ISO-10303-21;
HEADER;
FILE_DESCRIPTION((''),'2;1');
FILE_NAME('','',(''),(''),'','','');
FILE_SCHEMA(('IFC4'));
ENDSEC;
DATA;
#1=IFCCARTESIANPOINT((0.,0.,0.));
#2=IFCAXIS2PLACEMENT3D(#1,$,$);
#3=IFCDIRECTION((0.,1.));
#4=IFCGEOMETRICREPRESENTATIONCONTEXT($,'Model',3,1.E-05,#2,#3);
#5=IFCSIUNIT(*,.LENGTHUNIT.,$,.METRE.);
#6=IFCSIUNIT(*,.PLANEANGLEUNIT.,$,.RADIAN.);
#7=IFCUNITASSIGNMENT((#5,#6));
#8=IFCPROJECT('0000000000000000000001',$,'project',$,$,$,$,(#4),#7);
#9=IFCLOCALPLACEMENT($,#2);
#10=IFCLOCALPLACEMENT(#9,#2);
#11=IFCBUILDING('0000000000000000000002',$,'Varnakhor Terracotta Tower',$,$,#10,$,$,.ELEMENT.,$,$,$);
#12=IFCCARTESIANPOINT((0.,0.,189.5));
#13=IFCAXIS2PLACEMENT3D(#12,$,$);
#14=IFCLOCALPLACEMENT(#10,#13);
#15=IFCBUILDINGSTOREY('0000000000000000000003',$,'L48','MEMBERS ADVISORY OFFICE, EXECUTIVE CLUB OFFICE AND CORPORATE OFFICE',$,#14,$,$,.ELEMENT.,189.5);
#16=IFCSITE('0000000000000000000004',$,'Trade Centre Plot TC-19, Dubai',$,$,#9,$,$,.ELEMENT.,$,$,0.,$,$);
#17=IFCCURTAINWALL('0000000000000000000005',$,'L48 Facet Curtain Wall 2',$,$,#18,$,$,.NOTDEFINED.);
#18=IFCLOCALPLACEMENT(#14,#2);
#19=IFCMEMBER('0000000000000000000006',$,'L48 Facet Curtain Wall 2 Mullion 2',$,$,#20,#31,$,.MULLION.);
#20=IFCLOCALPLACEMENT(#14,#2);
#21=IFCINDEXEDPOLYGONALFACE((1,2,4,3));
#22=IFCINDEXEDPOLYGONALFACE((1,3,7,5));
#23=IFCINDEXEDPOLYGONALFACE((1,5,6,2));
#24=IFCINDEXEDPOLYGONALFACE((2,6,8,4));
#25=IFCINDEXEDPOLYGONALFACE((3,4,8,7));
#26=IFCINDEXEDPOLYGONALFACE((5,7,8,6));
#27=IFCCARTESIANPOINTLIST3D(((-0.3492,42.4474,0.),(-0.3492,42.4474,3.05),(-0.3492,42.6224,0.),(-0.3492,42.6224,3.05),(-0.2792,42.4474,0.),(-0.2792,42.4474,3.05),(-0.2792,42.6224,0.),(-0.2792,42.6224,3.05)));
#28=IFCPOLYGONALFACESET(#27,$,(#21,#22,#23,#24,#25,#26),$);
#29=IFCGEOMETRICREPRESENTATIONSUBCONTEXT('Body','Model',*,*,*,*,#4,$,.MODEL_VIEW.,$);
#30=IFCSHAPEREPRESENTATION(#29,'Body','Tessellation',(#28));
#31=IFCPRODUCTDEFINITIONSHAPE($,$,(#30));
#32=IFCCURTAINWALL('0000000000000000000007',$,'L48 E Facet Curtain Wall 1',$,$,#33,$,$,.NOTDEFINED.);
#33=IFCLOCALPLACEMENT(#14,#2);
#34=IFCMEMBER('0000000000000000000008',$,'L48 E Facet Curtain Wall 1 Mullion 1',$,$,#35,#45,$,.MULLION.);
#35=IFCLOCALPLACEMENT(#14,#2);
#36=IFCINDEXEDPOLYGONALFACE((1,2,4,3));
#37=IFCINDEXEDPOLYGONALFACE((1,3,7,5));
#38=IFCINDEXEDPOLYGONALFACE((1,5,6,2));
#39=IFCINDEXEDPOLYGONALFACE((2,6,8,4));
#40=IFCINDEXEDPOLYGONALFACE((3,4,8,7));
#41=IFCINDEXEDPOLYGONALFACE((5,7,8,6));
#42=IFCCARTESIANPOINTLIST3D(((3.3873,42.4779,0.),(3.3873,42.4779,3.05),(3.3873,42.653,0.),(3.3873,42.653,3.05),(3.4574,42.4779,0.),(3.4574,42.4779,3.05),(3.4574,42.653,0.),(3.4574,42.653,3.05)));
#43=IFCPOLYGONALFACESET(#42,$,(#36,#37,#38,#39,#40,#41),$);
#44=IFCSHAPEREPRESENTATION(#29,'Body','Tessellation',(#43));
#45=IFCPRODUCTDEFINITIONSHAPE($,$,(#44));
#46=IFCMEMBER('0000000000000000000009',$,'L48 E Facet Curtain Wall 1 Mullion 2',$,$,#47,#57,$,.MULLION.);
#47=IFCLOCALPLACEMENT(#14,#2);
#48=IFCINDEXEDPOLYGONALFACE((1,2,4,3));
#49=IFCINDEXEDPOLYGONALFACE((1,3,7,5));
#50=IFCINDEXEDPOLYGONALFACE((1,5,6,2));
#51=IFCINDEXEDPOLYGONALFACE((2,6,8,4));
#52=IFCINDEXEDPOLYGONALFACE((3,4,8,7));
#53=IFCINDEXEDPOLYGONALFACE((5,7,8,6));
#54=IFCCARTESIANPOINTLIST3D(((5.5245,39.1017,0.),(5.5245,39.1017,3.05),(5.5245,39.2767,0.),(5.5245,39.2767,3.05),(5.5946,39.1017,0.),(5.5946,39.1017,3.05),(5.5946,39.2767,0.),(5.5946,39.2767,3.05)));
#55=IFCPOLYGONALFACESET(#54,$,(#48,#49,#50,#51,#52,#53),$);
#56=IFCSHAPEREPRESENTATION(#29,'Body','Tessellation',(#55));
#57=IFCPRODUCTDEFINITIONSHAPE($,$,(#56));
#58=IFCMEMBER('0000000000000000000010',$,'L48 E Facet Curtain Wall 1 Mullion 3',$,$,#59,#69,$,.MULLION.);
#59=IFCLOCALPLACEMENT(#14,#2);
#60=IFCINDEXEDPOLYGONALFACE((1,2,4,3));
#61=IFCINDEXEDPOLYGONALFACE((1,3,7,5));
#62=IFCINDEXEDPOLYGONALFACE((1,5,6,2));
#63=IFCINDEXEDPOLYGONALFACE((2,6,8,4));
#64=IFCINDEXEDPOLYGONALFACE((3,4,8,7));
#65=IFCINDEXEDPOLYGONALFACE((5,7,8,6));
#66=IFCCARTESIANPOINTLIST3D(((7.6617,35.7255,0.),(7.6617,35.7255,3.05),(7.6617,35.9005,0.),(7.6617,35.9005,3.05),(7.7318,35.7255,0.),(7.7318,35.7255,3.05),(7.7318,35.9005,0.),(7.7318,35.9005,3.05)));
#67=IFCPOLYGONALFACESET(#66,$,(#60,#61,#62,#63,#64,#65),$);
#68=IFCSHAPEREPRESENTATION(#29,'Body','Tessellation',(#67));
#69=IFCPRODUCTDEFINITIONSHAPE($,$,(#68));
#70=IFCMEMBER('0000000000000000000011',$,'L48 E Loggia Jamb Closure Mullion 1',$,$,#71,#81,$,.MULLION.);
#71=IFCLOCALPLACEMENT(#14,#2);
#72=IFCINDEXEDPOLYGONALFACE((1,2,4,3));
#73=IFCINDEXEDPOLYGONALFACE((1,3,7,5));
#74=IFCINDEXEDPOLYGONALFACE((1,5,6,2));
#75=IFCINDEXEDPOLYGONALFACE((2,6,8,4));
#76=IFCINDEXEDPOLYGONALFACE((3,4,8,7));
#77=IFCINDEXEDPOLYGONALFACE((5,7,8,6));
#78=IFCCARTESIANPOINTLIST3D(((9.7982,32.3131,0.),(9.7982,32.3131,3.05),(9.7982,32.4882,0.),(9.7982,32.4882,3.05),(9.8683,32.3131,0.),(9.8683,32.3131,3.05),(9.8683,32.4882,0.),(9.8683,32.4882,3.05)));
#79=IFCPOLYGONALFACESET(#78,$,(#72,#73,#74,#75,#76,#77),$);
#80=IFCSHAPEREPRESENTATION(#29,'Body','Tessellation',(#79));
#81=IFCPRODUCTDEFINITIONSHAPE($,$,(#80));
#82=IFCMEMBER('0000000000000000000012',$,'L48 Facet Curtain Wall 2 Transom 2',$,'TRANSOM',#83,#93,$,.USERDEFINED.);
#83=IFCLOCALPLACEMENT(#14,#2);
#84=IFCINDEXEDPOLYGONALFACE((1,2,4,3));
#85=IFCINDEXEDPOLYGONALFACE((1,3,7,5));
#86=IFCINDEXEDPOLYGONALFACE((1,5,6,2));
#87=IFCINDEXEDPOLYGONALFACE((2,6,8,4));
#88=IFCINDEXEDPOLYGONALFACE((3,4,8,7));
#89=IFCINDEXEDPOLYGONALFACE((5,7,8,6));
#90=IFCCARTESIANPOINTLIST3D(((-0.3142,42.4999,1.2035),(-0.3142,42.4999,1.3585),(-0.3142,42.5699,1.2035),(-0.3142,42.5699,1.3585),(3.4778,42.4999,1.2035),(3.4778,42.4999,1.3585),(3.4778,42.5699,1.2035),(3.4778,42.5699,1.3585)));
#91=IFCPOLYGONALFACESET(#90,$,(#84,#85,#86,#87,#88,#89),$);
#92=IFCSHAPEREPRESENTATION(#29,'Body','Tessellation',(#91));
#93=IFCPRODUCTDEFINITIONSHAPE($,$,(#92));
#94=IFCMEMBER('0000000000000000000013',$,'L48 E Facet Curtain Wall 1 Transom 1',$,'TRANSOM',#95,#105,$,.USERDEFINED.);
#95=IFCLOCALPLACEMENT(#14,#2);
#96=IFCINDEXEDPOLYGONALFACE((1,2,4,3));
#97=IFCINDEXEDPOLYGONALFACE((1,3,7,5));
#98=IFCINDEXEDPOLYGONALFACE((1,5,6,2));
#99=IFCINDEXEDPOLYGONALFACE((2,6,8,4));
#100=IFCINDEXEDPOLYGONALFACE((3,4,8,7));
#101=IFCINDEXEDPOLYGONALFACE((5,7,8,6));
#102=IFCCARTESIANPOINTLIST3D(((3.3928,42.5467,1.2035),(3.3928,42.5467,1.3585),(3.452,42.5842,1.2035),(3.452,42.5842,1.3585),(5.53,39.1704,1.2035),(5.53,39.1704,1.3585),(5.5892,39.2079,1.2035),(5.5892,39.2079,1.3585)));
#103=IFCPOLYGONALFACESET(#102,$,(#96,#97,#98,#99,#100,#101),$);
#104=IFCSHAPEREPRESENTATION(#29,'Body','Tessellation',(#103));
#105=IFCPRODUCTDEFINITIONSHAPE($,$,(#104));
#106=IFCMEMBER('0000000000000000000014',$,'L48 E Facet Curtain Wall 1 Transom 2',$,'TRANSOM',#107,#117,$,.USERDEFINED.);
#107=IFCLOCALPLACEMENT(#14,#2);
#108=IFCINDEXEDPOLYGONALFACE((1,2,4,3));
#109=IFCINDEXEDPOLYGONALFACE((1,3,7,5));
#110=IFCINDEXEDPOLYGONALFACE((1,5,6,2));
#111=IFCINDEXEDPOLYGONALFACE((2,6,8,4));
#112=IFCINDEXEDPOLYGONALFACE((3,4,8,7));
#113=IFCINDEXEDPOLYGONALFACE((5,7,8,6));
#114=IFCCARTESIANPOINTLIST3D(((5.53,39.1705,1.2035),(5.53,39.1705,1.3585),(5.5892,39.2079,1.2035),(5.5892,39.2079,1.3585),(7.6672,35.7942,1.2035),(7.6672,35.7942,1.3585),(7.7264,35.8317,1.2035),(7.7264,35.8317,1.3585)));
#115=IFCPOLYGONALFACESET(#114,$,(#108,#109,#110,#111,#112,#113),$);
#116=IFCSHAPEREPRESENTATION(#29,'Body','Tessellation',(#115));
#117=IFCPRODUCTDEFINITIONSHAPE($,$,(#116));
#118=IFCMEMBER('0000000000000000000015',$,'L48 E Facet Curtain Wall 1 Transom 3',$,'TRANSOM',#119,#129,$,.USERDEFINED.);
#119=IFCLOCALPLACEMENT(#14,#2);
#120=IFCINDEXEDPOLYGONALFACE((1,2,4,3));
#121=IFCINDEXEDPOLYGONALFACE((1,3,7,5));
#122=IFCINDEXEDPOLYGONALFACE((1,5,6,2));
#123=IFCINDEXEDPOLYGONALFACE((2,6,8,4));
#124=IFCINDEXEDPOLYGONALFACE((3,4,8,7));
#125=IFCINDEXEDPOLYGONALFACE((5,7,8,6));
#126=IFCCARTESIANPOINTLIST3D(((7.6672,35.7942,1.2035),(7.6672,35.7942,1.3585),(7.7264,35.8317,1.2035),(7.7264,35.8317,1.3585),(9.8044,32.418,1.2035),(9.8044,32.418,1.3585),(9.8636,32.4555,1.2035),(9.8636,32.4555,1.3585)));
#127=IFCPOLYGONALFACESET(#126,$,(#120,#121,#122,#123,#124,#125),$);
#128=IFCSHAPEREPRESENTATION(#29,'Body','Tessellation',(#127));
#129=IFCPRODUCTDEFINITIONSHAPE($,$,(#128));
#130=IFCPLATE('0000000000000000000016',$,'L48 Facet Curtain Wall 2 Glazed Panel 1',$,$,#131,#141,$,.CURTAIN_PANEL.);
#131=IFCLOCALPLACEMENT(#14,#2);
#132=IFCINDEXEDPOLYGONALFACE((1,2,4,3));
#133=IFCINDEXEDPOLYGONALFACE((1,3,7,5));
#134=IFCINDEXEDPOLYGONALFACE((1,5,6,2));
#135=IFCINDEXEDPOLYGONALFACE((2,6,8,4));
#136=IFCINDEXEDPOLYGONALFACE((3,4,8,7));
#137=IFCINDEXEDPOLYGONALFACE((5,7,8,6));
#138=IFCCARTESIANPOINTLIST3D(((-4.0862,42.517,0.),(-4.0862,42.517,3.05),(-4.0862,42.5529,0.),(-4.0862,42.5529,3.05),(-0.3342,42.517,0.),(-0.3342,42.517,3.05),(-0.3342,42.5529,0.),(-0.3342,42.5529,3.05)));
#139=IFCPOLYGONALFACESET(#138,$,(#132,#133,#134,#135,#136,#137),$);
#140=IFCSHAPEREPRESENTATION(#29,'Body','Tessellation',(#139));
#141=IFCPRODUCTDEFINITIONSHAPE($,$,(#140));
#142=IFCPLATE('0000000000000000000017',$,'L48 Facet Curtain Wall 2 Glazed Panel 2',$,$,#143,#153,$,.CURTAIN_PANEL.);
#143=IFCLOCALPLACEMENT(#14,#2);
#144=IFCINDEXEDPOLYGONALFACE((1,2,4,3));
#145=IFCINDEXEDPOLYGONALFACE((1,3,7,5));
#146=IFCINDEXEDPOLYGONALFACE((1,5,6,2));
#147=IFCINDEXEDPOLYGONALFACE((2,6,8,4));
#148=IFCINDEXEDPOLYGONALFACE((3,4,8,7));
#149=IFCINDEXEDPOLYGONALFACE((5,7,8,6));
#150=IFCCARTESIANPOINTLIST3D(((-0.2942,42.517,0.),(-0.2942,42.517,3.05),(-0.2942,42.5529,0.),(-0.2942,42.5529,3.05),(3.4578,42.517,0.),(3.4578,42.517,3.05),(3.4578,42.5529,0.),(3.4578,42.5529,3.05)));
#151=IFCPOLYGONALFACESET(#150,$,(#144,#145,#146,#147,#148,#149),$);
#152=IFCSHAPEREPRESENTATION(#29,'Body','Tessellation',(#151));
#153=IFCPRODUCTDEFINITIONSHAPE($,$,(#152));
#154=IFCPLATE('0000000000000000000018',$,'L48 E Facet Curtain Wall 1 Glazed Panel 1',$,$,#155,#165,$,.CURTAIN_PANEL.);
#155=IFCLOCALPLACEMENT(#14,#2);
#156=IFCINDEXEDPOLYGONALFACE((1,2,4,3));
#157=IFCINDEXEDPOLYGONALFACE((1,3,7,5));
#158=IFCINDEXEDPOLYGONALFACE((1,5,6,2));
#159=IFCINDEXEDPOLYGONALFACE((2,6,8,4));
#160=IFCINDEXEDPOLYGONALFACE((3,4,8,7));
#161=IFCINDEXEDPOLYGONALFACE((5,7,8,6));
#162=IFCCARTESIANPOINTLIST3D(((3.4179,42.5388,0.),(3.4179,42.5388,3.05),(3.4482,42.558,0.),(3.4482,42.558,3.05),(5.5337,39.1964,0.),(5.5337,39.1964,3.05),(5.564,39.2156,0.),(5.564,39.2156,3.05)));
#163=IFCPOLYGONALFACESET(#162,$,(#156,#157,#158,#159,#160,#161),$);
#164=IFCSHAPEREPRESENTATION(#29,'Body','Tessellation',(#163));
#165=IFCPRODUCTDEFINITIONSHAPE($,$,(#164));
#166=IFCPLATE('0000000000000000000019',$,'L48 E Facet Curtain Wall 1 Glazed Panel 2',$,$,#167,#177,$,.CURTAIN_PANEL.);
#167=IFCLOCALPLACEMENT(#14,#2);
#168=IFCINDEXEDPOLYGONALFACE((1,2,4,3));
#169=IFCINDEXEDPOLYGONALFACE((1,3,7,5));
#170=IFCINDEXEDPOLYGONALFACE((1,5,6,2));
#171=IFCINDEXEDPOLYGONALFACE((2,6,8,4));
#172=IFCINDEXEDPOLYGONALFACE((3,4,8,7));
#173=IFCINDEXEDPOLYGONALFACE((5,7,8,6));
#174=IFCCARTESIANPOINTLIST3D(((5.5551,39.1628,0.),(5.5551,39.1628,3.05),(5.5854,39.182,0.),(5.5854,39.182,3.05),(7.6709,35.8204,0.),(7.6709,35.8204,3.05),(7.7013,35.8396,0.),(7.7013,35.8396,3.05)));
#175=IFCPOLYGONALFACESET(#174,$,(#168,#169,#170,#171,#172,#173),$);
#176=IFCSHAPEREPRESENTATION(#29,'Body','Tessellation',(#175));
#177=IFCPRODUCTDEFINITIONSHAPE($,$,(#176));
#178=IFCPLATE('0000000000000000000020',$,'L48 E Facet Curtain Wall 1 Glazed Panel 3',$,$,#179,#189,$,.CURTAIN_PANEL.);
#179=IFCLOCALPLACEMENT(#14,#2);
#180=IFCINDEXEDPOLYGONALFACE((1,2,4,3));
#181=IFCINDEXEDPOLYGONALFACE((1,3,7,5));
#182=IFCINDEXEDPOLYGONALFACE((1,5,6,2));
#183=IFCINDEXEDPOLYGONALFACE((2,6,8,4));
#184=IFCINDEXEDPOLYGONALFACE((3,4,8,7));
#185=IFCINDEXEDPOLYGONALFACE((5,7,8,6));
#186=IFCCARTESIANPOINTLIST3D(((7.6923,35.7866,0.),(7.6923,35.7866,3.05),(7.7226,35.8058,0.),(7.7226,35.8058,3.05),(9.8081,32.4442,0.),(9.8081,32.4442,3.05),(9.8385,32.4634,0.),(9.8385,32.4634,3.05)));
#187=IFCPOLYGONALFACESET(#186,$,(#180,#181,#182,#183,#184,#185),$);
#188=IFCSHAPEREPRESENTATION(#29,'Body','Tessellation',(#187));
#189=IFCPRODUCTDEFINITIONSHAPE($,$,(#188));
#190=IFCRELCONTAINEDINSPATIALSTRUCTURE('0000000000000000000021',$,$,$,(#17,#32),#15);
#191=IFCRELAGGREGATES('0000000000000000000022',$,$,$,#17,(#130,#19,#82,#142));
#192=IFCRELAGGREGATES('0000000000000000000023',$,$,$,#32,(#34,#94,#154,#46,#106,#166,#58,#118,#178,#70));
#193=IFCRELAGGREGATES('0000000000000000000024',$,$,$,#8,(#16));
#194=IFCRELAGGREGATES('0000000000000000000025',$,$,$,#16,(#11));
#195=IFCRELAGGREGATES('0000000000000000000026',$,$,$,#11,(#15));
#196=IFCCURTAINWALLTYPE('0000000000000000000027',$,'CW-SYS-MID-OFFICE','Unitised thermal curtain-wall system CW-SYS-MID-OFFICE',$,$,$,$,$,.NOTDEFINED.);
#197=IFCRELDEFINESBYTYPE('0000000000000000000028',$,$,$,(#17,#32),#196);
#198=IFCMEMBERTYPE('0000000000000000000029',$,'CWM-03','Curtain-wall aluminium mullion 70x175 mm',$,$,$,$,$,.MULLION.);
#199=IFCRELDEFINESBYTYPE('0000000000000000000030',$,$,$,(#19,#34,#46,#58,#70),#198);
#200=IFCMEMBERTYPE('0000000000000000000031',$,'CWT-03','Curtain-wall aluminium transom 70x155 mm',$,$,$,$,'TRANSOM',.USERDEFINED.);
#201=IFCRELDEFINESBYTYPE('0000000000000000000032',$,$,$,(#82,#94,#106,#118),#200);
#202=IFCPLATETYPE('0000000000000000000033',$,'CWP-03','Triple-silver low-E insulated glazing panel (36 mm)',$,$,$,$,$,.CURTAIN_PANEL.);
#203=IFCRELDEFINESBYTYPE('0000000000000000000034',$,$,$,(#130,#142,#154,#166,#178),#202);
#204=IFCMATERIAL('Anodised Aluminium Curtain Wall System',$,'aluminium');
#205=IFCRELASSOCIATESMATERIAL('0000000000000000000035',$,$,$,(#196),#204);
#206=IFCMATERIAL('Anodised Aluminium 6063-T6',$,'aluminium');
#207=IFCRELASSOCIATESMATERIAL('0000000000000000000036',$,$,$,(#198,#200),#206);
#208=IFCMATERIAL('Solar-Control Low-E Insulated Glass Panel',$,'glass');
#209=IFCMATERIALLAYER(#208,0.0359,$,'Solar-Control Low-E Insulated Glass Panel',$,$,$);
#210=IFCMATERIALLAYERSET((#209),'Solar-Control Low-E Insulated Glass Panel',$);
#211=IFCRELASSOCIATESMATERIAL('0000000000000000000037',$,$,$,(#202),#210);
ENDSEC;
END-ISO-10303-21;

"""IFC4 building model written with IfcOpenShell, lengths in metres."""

from ifc_helpers import new_model, si_unit, direction, frame, origin, origin_2d, place, context, subcontext, project, spatial, rectangle, extrude, source, transform, mapped, material, layer, layer_set, material_profile, profile_set, type_object, element, aggregate, save


model = new_model("IFC4")

# Units and contexts
model_context = context("Model", 3, precision=1e-05, world=origin(), true_north=direction((0.0, 1.0)))
body_context = subcontext(model_context, "Body", "Model", "MODEL_VIEW")
ifc_project = project(units=[si_unit("LENGTHUNIT", "METRE"), si_unit("PLANEANGLEUNIT", "RADIAN")], contexts=[model_context])

# Site, building, storey
site_placement = place(None, origin())
site = spatial("IfcSite", under=ifc_project, at=site_placement, Name="Trade Centre Plot TC-19, Dubai", CompositionType="ELEMENT", RefElevation=0.0)
building_placement = place(site_placement, origin())
building = spatial("IfcBuilding", under=site, at=building_placement, Name="Varnakhor Terracotta Tower", CompositionType="ELEMENT")
storey_placement = place(building_placement, frame((0.0, 0.0, 189.5)))
storey = spatial("IfcBuildingStorey", under=building, at=storey_placement, Name="L48", Description="MEMBERS ADVISORY OFFICE, EXECUTIVE CLUB OFFICE AND CORPORATE OFFICE", CompositionType="ELEMENT", Elevation=189.5)

# Curtain wall, member
ifc_material_1 = material(Name="Anodised Aluminium Curtain Wall System", Category="aluminium")
curtain_wall_type = type_object("IfcCurtainWallType", Name="CW-SYS-MID-OFFICE", Description="Unitised thermal curtain-wall system CW-SYS-MID-OFFICE", PredefinedType="NOTDEFINED", material=ifc_material_1)
curtain_wall_1_placement = place(storey_placement, origin())
curtain_wall_1 = element("IfcCurtainWall", 1, at=curtain_wall_1_placement, inside=storey, type_object=curtain_wall_type, Name="L48 Facet Curtain Wall 2", PredefinedType="NOTDEFINED")
ifc_material_2 = material(Name="Anodised Aluminium 6063-T6", Category="aluminium")
ifc_material_profile_1 = material_profile(ifc_material_2, rectangle(XDim=0.0701, YDim=0.175, at=origin_2d()), Name="ALU MULLION 70x175")
ifc_profile_set_1 = profile_set([ifc_material_profile_1], Name="Anodised Aluminium 6063-T6")
member_type_1 = type_object("IfcMemberType", Name="CWM-03", Description="Curtain-wall aluminium mullion 70x175 mm", PredefinedType="MULLION", material=ifc_profile_set_1)
shared_shape_1 = source(origin(), body_context, "Body", "SweptSolid", [
    extrude(rectangle(XDim=0.0701, YDim=0.175, at=origin_2d()), origin(), (0.0, 0.0, 1.0), 3.05),
])
member_1_placement = place(storey_placement, frame((-0.3142, 42.5349, 0.0), z_axis=(0.0, 0.0, 1.0), x_axis=(1.0, 0.0, 0.0)))
member_1 = element("IfcMember", 2, at=member_1_placement, type_object=member_type_1, Name="L48 Facet Curtain Wall 2 Mullion 2", PredefinedType="MULLION", context=body_context, shape_type="MappedRepresentation", body=[
    mapped(shared_shape_1, transform((0.0, 0.0, 0.0), scale=1.0)),
])

# Curtain wall, members
curtain_wall_2_placement = place(storey_placement, origin())
curtain_wall_2 = element("IfcCurtainWall", 3, at=curtain_wall_2_placement, inside=storey, type_object=curtain_wall_type, Name="L48 E Facet Curtain Wall 1", PredefinedType="NOTDEFINED")
member_2_placement = place(storey_placement, frame((3.4224, 42.5654, 0.0), z_axis=(0.0, 0.0, 1.0), x_axis=(1.0, 0.0, 0.0)))
member_2 = element("IfcMember", 4, at=member_2_placement, type_object=member_type_1, Name="L48 E Facet Curtain Wall 1 Mullion 1", PredefinedType="MULLION", context=body_context, shape_type="MappedRepresentation", body=[
    mapped(shared_shape_1, transform((0.0, 0.0, 0.0), scale=1.0)),
])
member_3_placement = place(storey_placement, frame((5.5596, 39.1892, 0.0), z_axis=(0.0, 0.0, 1.0), x_axis=(1.0, 0.0, 0.0)))
member_3 = element("IfcMember", 5, at=member_3_placement, type_object=member_type_1, Name="L48 E Facet Curtain Wall 1 Mullion 2", PredefinedType="MULLION", context=body_context, shape_type="MappedRepresentation", body=[
    mapped(shared_shape_1, transform((0.0, 0.0, 0.0), scale=1.0)),
])
member_4_placement = place(storey_placement, frame((7.6968, 35.813, 0.0), z_axis=(0.0, 0.0, 1.0), x_axis=(1.0, 0.0, 0.0)))
member_4 = element("IfcMember", 6, at=member_4_placement, type_object=member_type_1, Name="L48 E Facet Curtain Wall 1 Mullion 3", PredefinedType="MULLION", context=body_context, shape_type="MappedRepresentation", body=[
    mapped(shared_shape_1, transform((0.0, 0.0, 0.0), scale=1.0)),
])
member_5_placement = place(storey_placement, frame((9.8333, 32.4006, 0.0), z_axis=(0.0, 0.0, 1.0), x_axis=(1.0, 0.0, 0.0)))
member_5 = element("IfcMember", 7, at=member_5_placement, type_object=member_type_1, Name="L48 E Loggia Jamb Closure Mullion 1", PredefinedType="MULLION", context=body_context, shape_type="MappedRepresentation", body=[
    mapped(shared_shape_1, transform((0.0, 0.0, 0.0), scale=1.0)),
])

# Members
ifc_material_profile_2 = material_profile(ifc_material_2, rectangle(XDim=0.0701, YDim=0.155, at=origin_2d()), Name="ALU TRANSOM 70x155")
ifc_profile_set_2 = profile_set([ifc_material_profile_2], Name="Anodised Aluminium 6063-T6")
member_type_2 = type_object("IfcMemberType", Name="CWT-03", Description="Curtain-wall aluminium transom 70x155 mm", ElementType="TRANSOM", PredefinedType="USERDEFINED", material=ifc_profile_set_2)
shared_shape_2 = source(origin(), body_context, "Body", "SweptSolid", [
    extrude(rectangle(XDim=0.0701, YDim=0.155, at=origin_2d()), origin(), (0.0, 0.0, 1.0), 3.792),
])
member_6_placement = place(storey_placement, frame((-0.3142, 42.5349, 1.281), z_axis=(1.0, 0.0, 0.0), x_axis=(0.0, 1.0, 0.0)))
member_6 = element("IfcMember", 8, at=member_6_placement, type_object=member_type_2, Name="L48 Facet Curtain Wall 2 Transom 2", ObjectType="TRANSOM", PredefinedType="USERDEFINED", context=body_context, shape_type="MappedRepresentation", body=[
    mapped(shared_shape_2, transform((0.0, 0.0, 0.0), scale=1.0)),
])
shared_shape_3 = source(origin(), body_context, "Body", "SweptSolid", [
    extrude(rectangle(XDim=0.0701, YDim=0.155, at=origin_2d()), origin(), (0.0, 0.0, 1.0), 3.9958),
])
member_7_placement = place(storey_placement, frame((3.4224, 42.5654, 1.281), z_axis=(0.534862, -0.84494, 0.0), x_axis=(0.84494, 0.534862, 0.0)))
member_7 = element("IfcMember", 9, at=member_7_placement, type_object=member_type_2, Name="L48 E Facet Curtain Wall 1 Transom 1", ObjectType="TRANSOM", PredefinedType="USERDEFINED", context=body_context, shape_type="MappedRepresentation", body=[
    mapped(shared_shape_3, transform((0.0, 0.0, 0.0), scale=1.0)),
])
member_8_placement = place(storey_placement, frame((5.5596, 39.1892, 1.281), z_axis=(0.534862, -0.84494, 0.0), x_axis=(0.84494, 0.534862, 0.0)))
member_8 = element("IfcMember", 10, at=member_8_placement, type_object=member_type_2, Name="L48 E Facet Curtain Wall 1 Transom 2", ObjectType="TRANSOM", PredefinedType="USERDEFINED", context=body_context, shape_type="MappedRepresentation", body=[
    mapped(shared_shape_3, transform((0.0, 0.0, 0.0), scale=1.0)),
])
member_9_placement = place(storey_placement, frame((7.6968, 35.813, 1.281), z_axis=(0.534862, -0.84494, 0.0), x_axis=(0.84494, 0.534862, 0.0)))
member_9 = element("IfcMember", 11, at=member_9_placement, type_object=member_type_2, Name="L48 E Facet Curtain Wall 1 Transom 3", ObjectType="TRANSOM", PredefinedType="USERDEFINED", context=body_context, shape_type="MappedRepresentation", body=[
    mapped(shared_shape_3, transform((0.0, 0.0, 0.0), scale=1.0)),
])

# Plates
ifc_material_3 = material(Name="Solar-Control Low-E Insulated Glass Panel", Category="glass")
ifc_layer_1 = layer(ifc_material_3, 0.0359, Name="Solar-Control Low-E Insulated Glass Panel")
ifc_layer_set_1 = layer_set([ifc_layer_1], Name="Solar-Control Low-E Insulated Glass Panel")
plate_type = type_object("IfcPlateType", Name="CWP-03", Description="Triple-silver low-E insulated glazing panel (36 mm)", PredefinedType="CURTAIN_PANEL", material=ifc_layer_set_1)
shared_shape_4 = source(origin(), body_context, "Body", "SweptSolid", [
    extrude(rectangle(XDim=3.752, YDim=0.0359, at=origin_2d()), origin(), (0.0, 0.0, 1.0), 3.05),
])
plate_1_placement = place(storey_placement, frame((-2.2102, 42.5349, 0.0), z_axis=(0.0, 0.0, 1.0), x_axis=(1.0, 0.0, 0.0)))
plate_1 = element("IfcPlate", 12, at=plate_1_placement, type_object=plate_type, Name="L48 Facet Curtain Wall 2 Glazed Panel 1", PredefinedType="CURTAIN_PANEL", context=body_context, shape_type="MappedRepresentation", body=[
    mapped(shared_shape_4, transform((0.0, 0.0, 0.0), scale=1.0)),
])
plate_2_placement = place(storey_placement, frame((1.5818, 42.5349, 0.0), z_axis=(0.0, 0.0, 1.0), x_axis=(1.0, 0.0, 0.0)))
plate_2 = element("IfcPlate", 13, at=plate_2_placement, type_object=plate_type, Name="L48 Facet Curtain Wall 2 Glazed Panel 2", PredefinedType="CURTAIN_PANEL", context=body_context, shape_type="MappedRepresentation", body=[
    mapped(shared_shape_4, transform((0.0, 0.0, 0.0), scale=1.0)),
])
aggregate(curtain_wall_1, [plate_1, member_1, member_6, plate_2])
shared_shape_5 = source(origin(), body_context, "Body", "SweptSolid", [
    extrude(rectangle(XDim=3.9558, YDim=0.0359, at=origin_2d()), origin(), (0.0, 0.0, 1.0), 3.05),
])
plate_3_placement = place(storey_placement, frame((4.491, 40.8772, 0.0), z_axis=(0.0, 0.0, 1.0), x_axis=(0.534869, -0.844935, 0.0)))
plate_3 = element("IfcPlate", 14, at=plate_3_placement, type_object=plate_type, Name="L48 E Facet Curtain Wall 1 Glazed Panel 1", PredefinedType="CURTAIN_PANEL", context=body_context, shape_type="MappedRepresentation", body=[
    mapped(shared_shape_5, transform((0.0, 0.0, 0.0), scale=1.0)),
])
plate_4_placement = place(storey_placement, frame((6.6282, 37.5012, 0.0), z_axis=(0.0, 0.0, 1.0), x_axis=(0.534869, -0.844935, 0.0)))
plate_4 = element("IfcPlate", 15, at=plate_4_placement, type_object=plate_type, Name="L48 E Facet Curtain Wall 1 Glazed Panel 2", PredefinedType="CURTAIN_PANEL", context=body_context, shape_type="MappedRepresentation", body=[
    mapped(shared_shape_5, transform((0.0, 0.0, 0.0), scale=1.0)),
])
plate_5_placement = place(storey_placement, frame((8.7654, 34.125, 0.0), z_axis=(0.0, 0.0, 1.0), x_axis=(0.534869, -0.844935, 0.0)))
plate_5 = element("IfcPlate", 16, at=plate_5_placement, type_object=plate_type, Name="L48 E Facet Curtain Wall 1 Glazed Panel 3", PredefinedType="CURTAIN_PANEL", context=body_context, shape_type="MappedRepresentation", body=[
    mapped(shared_shape_5, transform((0.0, 0.0, 0.0), scale=1.0)),
])
aggregate(curtain_wall_2, [member_2, member_7, plate_3, member_3, member_8, plate_4, member_4, member_9, plate_5, member_5])

save(model, "model.ifc")
